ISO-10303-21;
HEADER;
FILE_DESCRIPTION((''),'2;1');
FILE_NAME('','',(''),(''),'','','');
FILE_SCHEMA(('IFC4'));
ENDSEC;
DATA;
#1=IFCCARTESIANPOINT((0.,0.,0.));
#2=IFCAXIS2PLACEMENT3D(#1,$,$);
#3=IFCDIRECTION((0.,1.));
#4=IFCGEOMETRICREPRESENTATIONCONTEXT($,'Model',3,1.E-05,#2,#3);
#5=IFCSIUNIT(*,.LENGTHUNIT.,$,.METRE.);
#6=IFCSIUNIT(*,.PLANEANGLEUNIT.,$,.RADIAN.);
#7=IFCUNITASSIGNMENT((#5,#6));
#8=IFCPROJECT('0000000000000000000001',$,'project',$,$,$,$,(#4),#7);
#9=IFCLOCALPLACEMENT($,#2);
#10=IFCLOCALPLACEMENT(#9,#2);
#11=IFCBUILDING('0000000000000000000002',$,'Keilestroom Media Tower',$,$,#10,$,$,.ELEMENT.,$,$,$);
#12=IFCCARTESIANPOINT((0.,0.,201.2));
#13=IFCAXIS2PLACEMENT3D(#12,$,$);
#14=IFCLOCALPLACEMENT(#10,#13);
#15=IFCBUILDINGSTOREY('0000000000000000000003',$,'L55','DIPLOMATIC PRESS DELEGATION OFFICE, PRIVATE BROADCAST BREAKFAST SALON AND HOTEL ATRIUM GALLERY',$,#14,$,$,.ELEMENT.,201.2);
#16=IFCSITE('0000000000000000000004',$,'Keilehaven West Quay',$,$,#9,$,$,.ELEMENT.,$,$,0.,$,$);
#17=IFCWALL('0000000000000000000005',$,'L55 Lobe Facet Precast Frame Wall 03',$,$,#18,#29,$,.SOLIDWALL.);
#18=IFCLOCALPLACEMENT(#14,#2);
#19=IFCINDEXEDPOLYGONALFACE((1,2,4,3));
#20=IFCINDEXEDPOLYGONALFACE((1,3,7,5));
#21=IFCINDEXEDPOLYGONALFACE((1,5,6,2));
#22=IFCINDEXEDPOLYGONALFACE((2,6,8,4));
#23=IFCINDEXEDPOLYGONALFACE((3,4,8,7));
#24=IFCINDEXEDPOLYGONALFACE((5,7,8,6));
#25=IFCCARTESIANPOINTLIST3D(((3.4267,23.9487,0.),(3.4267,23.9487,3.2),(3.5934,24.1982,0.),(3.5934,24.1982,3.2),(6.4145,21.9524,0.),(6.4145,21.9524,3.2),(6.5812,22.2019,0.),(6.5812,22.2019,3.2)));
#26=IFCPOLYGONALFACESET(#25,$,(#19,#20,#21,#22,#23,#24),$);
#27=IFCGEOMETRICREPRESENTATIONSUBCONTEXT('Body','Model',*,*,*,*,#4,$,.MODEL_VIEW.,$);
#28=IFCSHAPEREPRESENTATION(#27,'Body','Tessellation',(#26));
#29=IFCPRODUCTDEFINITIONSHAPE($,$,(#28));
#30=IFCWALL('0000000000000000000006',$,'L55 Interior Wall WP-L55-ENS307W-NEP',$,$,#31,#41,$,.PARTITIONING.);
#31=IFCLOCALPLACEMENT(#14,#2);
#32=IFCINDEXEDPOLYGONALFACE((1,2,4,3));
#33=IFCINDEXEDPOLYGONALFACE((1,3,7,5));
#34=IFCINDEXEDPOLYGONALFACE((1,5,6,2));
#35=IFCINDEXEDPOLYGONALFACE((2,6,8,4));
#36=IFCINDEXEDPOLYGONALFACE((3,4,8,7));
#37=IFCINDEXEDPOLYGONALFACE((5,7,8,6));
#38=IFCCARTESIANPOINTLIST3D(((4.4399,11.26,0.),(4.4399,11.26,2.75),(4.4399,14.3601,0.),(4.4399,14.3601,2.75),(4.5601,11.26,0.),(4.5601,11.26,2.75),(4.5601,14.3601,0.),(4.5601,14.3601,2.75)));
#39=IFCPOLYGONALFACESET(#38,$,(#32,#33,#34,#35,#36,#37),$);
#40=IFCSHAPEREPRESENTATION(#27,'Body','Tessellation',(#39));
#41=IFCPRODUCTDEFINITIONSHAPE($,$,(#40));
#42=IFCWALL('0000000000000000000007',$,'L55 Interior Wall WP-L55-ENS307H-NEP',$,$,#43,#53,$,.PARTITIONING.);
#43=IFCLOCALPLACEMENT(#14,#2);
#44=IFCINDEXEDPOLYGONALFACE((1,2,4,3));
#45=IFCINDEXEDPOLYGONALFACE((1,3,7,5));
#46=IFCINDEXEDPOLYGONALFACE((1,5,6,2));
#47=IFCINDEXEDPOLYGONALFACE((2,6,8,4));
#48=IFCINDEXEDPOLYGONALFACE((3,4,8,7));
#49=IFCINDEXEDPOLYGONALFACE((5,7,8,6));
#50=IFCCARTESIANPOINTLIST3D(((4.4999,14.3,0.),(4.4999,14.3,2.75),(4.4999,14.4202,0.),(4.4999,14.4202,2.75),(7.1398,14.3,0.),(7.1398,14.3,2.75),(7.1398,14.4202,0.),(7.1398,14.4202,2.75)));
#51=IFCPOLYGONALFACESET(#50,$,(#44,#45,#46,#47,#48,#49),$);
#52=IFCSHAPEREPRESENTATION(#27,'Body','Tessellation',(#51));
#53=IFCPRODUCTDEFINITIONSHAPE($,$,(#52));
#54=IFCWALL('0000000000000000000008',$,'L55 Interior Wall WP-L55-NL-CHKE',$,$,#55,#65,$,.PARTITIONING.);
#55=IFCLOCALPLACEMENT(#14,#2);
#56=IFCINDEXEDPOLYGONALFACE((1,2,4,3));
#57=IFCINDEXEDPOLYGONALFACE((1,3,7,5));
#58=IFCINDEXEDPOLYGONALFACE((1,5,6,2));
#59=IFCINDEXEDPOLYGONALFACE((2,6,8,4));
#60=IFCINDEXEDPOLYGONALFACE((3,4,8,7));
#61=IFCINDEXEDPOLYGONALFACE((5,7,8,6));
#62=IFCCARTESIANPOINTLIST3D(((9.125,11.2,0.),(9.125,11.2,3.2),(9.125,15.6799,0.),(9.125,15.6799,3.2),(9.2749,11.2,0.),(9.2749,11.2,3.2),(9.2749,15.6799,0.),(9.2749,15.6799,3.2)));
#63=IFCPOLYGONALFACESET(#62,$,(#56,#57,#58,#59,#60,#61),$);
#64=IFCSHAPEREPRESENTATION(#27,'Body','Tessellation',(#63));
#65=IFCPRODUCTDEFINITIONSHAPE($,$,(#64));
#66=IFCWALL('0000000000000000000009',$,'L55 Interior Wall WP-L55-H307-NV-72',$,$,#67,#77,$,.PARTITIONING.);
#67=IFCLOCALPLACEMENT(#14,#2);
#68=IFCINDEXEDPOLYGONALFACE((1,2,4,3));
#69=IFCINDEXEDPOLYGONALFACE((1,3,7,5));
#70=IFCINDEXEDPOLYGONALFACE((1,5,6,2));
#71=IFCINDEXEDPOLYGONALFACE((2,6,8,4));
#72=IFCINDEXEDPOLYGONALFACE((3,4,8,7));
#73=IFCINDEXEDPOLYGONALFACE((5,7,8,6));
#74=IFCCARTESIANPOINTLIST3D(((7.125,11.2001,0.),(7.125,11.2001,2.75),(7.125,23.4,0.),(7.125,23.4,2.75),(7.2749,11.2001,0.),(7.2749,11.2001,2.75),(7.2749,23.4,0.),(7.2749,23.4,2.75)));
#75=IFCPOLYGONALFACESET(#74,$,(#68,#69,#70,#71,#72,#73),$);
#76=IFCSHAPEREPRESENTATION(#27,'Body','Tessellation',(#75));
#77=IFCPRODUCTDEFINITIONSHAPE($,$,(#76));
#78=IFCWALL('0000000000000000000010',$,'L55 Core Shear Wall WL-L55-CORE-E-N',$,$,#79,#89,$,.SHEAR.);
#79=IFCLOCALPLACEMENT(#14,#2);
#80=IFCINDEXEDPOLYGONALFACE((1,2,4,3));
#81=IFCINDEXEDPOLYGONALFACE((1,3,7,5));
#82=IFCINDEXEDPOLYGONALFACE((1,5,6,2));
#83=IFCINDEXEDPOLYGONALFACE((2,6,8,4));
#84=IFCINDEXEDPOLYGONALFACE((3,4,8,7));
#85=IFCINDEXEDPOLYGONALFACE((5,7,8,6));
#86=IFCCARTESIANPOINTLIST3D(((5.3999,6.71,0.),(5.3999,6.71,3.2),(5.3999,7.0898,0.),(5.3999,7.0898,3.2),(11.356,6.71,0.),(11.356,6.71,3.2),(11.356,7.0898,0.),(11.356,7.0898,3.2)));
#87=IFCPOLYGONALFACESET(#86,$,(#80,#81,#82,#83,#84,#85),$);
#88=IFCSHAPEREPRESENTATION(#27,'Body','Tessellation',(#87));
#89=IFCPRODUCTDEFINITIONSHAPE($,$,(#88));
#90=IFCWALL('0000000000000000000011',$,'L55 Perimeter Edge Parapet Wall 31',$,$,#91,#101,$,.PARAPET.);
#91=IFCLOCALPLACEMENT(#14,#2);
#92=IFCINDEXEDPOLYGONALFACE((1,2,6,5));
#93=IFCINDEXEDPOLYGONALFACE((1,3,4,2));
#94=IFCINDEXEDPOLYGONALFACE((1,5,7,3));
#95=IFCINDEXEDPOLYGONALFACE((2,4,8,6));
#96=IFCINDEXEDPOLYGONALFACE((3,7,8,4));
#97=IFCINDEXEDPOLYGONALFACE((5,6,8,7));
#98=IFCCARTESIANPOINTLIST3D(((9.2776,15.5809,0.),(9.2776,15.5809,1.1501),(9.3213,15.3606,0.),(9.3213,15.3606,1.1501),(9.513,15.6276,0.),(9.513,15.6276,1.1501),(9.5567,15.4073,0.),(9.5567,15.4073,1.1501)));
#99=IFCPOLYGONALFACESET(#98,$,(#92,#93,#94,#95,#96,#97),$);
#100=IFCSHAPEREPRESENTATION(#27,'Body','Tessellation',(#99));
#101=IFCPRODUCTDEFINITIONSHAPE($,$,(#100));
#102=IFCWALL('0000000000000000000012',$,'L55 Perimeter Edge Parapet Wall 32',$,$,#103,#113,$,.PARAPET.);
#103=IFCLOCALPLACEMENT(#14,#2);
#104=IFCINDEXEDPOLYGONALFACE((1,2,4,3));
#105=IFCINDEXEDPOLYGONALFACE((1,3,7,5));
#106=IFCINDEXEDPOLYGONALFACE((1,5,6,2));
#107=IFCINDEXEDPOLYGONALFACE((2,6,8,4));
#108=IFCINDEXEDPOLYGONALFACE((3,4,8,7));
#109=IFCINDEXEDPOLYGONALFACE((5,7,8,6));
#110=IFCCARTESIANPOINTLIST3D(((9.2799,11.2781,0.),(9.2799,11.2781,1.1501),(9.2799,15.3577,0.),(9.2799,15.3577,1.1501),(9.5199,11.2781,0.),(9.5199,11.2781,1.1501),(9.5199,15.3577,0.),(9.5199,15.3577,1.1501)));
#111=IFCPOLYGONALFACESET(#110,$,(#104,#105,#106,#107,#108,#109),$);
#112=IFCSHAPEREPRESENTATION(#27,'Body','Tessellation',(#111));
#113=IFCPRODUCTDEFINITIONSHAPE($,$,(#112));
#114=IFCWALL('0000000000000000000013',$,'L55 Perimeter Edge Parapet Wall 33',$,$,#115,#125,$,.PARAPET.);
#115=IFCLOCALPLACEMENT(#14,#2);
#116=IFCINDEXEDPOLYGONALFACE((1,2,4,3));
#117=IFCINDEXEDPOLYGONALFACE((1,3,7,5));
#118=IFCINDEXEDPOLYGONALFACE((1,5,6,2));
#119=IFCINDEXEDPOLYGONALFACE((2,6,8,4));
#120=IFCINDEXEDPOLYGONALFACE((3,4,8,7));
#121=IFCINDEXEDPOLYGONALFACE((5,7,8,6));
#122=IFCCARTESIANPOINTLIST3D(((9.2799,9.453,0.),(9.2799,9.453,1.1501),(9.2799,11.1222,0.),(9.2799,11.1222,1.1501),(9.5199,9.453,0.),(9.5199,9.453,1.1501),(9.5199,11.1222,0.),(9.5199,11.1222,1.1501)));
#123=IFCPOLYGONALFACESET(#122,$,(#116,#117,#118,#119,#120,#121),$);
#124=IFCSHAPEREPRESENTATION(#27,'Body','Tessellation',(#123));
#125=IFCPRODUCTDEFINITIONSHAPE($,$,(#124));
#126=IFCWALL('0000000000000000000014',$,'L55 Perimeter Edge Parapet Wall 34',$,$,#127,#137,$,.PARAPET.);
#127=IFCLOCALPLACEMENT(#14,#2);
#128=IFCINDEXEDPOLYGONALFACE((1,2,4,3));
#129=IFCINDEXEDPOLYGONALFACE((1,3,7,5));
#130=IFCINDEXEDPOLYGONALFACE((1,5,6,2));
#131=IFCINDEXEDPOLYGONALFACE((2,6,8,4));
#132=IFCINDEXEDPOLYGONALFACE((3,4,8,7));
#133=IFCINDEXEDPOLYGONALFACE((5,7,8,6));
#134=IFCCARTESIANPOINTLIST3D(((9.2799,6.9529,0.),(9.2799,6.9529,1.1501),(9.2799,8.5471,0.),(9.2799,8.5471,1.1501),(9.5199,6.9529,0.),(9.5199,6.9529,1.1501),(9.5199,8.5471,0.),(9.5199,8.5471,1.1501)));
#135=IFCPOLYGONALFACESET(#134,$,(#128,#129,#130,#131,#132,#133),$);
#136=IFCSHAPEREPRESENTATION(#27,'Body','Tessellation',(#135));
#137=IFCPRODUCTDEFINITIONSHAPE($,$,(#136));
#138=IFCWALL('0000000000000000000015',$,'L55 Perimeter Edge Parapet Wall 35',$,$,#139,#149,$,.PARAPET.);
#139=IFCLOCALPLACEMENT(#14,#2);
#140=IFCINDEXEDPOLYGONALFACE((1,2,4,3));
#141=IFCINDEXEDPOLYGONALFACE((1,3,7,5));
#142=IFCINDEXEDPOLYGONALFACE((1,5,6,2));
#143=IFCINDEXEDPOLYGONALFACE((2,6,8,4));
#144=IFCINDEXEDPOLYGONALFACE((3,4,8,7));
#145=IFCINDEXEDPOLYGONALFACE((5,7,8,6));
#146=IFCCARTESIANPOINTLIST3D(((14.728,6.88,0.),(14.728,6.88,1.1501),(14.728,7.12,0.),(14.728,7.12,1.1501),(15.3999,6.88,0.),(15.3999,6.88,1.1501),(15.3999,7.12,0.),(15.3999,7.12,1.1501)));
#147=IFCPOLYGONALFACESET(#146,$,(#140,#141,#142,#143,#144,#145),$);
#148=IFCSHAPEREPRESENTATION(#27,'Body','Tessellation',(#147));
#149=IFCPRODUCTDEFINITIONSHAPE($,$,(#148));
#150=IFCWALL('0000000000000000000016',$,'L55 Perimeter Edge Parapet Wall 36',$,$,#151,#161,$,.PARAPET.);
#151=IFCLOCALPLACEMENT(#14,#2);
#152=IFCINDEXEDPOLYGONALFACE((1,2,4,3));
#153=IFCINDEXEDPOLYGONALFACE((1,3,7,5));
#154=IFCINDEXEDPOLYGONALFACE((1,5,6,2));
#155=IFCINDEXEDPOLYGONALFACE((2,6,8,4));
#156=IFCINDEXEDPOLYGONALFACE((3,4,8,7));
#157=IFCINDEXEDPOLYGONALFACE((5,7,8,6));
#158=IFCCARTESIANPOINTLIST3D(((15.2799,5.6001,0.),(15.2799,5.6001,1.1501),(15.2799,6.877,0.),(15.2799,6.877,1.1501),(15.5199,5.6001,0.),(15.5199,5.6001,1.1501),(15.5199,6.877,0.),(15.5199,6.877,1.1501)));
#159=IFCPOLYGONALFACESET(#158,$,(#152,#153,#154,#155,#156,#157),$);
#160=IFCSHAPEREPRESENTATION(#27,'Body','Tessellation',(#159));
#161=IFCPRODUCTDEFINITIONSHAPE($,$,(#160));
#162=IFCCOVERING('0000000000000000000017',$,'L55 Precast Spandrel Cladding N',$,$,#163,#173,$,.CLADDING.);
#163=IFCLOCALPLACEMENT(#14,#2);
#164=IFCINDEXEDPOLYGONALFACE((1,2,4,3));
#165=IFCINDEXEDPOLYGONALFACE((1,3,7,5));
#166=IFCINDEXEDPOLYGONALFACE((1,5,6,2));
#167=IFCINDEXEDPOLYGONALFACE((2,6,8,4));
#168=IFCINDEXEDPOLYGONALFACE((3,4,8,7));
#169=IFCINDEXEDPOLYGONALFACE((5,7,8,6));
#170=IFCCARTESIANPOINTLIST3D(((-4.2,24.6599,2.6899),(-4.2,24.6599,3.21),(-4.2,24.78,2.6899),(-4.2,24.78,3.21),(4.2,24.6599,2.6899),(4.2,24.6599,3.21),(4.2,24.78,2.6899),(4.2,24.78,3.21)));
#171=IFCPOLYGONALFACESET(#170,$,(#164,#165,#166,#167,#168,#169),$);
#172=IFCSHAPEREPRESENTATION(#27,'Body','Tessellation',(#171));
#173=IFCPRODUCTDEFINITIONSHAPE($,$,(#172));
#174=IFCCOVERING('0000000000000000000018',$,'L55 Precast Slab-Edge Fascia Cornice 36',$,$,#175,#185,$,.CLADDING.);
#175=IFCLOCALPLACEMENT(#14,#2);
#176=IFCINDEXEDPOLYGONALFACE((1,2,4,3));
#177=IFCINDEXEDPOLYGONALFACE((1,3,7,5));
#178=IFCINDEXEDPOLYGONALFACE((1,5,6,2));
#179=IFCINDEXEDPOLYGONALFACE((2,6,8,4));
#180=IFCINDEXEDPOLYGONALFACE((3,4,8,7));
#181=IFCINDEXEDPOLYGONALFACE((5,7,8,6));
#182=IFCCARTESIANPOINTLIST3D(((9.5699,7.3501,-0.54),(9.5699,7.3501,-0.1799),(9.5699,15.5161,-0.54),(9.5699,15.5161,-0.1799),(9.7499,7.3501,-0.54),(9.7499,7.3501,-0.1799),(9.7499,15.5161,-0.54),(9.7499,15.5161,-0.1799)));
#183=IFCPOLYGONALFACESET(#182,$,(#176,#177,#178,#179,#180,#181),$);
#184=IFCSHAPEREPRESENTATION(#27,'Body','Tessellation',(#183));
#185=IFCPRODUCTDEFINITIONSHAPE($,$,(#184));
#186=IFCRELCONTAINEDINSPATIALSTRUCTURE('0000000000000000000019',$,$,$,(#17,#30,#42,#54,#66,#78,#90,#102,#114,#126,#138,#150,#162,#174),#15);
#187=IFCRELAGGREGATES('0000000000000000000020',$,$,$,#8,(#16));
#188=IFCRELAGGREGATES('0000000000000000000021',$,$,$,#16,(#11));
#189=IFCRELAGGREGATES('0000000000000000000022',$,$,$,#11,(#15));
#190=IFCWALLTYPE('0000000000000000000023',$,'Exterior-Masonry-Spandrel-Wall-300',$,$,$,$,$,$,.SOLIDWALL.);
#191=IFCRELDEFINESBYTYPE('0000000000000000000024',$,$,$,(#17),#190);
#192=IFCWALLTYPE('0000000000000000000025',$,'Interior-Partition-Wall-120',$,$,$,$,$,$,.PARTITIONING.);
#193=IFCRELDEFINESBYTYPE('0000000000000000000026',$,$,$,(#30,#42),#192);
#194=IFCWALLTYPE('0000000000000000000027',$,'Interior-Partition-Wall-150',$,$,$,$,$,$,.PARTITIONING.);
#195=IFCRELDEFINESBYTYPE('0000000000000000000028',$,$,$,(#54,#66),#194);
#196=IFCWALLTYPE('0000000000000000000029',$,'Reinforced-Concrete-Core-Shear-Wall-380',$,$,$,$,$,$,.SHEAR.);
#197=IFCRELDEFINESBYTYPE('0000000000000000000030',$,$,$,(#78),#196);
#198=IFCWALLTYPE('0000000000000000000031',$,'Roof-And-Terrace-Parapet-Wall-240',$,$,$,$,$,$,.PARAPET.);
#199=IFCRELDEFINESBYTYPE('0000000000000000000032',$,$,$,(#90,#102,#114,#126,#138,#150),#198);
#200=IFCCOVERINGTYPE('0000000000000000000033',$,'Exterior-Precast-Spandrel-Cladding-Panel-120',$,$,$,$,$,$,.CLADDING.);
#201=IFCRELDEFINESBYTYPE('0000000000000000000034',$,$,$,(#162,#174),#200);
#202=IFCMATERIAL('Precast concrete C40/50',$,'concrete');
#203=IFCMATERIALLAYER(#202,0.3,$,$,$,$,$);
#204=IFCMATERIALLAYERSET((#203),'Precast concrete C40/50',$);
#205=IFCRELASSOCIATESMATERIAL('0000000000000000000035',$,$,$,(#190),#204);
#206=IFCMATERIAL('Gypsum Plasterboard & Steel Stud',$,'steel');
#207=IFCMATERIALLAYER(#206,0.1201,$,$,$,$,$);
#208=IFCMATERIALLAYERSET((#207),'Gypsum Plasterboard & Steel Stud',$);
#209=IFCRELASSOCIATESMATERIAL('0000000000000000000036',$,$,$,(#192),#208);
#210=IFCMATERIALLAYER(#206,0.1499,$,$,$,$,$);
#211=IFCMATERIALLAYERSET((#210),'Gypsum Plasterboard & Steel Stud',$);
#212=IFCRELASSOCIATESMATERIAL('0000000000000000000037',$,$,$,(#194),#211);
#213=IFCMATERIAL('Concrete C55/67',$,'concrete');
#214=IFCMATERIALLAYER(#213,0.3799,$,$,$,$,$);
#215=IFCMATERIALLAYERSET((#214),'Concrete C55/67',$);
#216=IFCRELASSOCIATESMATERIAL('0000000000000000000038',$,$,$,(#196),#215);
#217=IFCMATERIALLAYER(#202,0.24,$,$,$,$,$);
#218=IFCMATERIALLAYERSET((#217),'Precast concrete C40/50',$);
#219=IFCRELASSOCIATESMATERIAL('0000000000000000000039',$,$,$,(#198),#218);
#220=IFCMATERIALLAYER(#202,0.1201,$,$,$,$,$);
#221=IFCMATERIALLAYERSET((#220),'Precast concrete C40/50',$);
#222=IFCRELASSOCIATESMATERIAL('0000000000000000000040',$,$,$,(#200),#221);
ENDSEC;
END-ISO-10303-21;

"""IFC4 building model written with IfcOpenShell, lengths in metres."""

from ifc_helpers import new_model, si_unit, direction, frame, frame_2d, origin, origin_2d, place, context, subcontext, project, spatial, rectangle, extrude, source, transform, mapped, material, layer, layer_set, type_object, element, save


model = new_model("IFC4")

# Units and contexts
model_context = context("Model", 3, precision=1e-05, world=origin(), true_north=direction((0.0, 1.0)))
body_context = subcontext(model_context, "Body", "Model", "MODEL_VIEW")
ifc_project = project(units=[si_unit("LENGTHUNIT", "METRE"), si_unit("PLANEANGLEUNIT", "RADIAN")], contexts=[model_context])

# Site, building, storey
site_placement = place(None, origin())
site = spatial("IfcSite", under=ifc_project, at=site_placement, Name="Keilehaven West Quay", CompositionType="ELEMENT", RefElevation=0.0)
building_placement = place(site_placement, origin())
building = spatial("IfcBuilding", under=site, at=building_placement, Name="Keilestroom Media Tower", CompositionType="ELEMENT")
storey_placement = place(building_placement, frame((0.0, 0.0, 201.2)))
storey = spatial("IfcBuildingStorey", under=building, at=storey_placement, Name="L55", Description="DIPLOMATIC PRESS DELEGATION OFFICE, PRIVATE BROADCAST BREAKFAST SALON AND HOTEL ATRIUM GALLERY", CompositionType="ELEMENT", Elevation=201.2)

# Shared definitions
ifc_material_1 = material(Name="Precast concrete C40/50", Category="concrete")
ifc_material_2 = material(Name="Concrete C55/67", Category="concrete")

# Walls
ifc_layer_1 = layer(ifc_material_1, 0.3)
ifc_layer_set_1 = layer_set([ifc_layer_1], Name="Precast concrete C40/50")
wall_type_1 = type_object("IfcWallType", Name="Exterior-Masonry-Spandrel-Wall-300", PredefinedType="SOLIDWALL", material=ifc_layer_set_1)
wall_1_placement = place(storey_placement, frame((6.4978, 22.0771, 0.0), z_axis=(0.0, 0.0, 1.0), x_axis=(-0.831475, 0.555562, 0.0)))
element("IfcWall", 1, at=wall_1_placement, inside=storey, type_object=wall_type_1, Name="L55 Lobe Facet Precast Frame Wall 03", PredefinedType="SOLIDWALL", context=body_context, shape_type="SweptSolid", body=[
    extrude(rectangle(XDim=3.5933, YDim=0.3, at=frame_2d((1.7966, 0.0))), origin(), (0.0, 0.0, 1.0), 3.2),
])
ifc_material_3 = material(Name="Gypsum Plasterboard & Steel Stud", Category="steel")
ifc_layer_2 = layer(ifc_material_3, 0.1201)
ifc_layer_set_2 = layer_set([ifc_layer_2], Name="Gypsum Plasterboard & Steel Stud")
wall_type_2 = type_object("IfcWallType", Name="Interior-Partition-Wall-120", PredefinedType="PARTITIONING", material=ifc_layer_set_2)
wall_2_placement = place(storey_placement, frame((4.5, 11.26, 0.0), z_axis=(0.0, 0.0, 1.0), x_axis=(0.0, 1.0, 0.0)))
element("IfcWall", 2, at=wall_2_placement, inside=storey, type_object=wall_type_2, Name="L55 Interior Wall WP-L55-ENS307W-NEP", PredefinedType="PARTITIONING", context=body_context, shape_type="SweptSolid", body=[
    extrude(rectangle(XDim=3.1001, YDim=0.1201, at=frame_2d((1.55, 0.0))), origin(), (0.0, 0.0, 1.0), 2.75),
])
wall_3_placement = place(storey_placement, frame((4.5, 14.3601, 0.0), z_axis=(0.0, 0.0, 1.0), x_axis=(1.0, 0.0, 0.0)))
element("IfcWall", 3, at=wall_3_placement, inside=storey, type_object=wall_type_2, Name="L55 Interior Wall WP-L55-ENS307H-NEP", PredefinedType="PARTITIONING", context=body_context, shape_type="SweptSolid", body=[
    extrude(rectangle(XDim=2.6399, YDim=0.1201, at=frame_2d((1.3198, 0.0))), origin(), (0.0, 0.0, 1.0), 2.75),
])
ifc_layer_3 = layer(ifc_material_3, 0.1499)
ifc_layer_set_3 = layer_set([ifc_layer_3], Name="Gypsum Plasterboard & Steel Stud")
wall_type_3 = type_object("IfcWallType", Name="Interior-Partition-Wall-150", PredefinedType="PARTITIONING", material=ifc_layer_set_3)
wall_4_placement = place(storey_placement, frame((9.2, 11.2, 0.0), z_axis=(0.0, 0.0, 1.0), x_axis=(0.0, 1.0, 0.0)))
element("IfcWall", 4, at=wall_4_placement, inside=storey, type_object=wall_type_3, Name="L55 Interior Wall WP-L55-NL-CHKE", PredefinedType="PARTITIONING", context=body_context, shape_type="SweptSolid", body=[
    extrude(rectangle(XDim=4.48, YDim=0.1499, at=frame_2d((2.24, 0.0))), origin(), (0.0, 0.0, 1.0), 3.2),
])
wall_5_placement = place(storey_placement, frame((7.2, 11.2, 0.0), z_axis=(0.0, 0.0, 1.0), x_axis=(0.0, 1.0, 0.0)))
element("IfcWall", 5, at=wall_5_placement, inside=storey, type_object=wall_type_3, Name="L55 Interior Wall WP-L55-H307-NV-72", PredefinedType="PARTITIONING", context=body_context, shape_type="SweptSolid", body=[
    extrude(rectangle(XDim=12.2, YDim=0.1499, at=frame_2d((6.1001, 0.0))), origin(), (0.0, 0.0, 1.0), 2.75),
])
ifc_layer_4 = layer(ifc_material_2, 0.3799)
ifc_layer_set_4 = layer_set([ifc_layer_4], Name="Concrete C55/67")
wall_type_4 = type_object("IfcWallType", Name="Reinforced-Concrete-Core-Shear-Wall-380", PredefinedType="SHEAR", material=ifc_layer_set_4)
wall_6_placement = place(storey_placement, frame((5.3999, 6.8999, 0.0), z_axis=(0.0, 0.0, 1.0), x_axis=(1.0, 0.0, 0.0)))
element("IfcWall", 6, at=wall_6_placement, inside=storey, type_object=wall_type_4, Name="L55 Core Shear Wall WL-L55-CORE-E-N", PredefinedType="SHEAR", context=body_context, shape_type="SweptSolid", body=[
    extrude(rectangle(XDim=5.9561, YDim=0.3799, at=frame_2d((2.978, 0.0))), origin(), (0.0, 0.0, 1.0), 3.2),
])
ifc_layer_5 = layer(ifc_material_1, 0.24)
ifc_layer_set_5 = layer_set([ifc_layer_5], Name="Precast concrete C40/50")
wall_type_5 = type_object("IfcWallType", Name="Roof-And-Terrace-Parapet-Wall-240", PredefinedType="PARAPET", material=ifc_layer_set_5)
wall_7_placement = place(storey_placement, frame((9.3953, 15.6042, 0.0), z_axis=(0.0, 0.0, 1.0), x_axis=(0.194652, -0.980872, 0.0)))
element("IfcWall", 7, at=wall_7_placement, inside=storey, type_object=wall_type_5, Name="L55 Perimeter Edge Parapet Wall 31", PredefinedType="PARAPET", context=body_context, shape_type="SweptSolid", body=[
    extrude(rectangle(XDim=0.2246, YDim=0.24, at=frame_2d((0.1123, 0.0))), origin(), (0.0, 0.0, 1.0), 1.1501),
])
wall_8_placement = place(storey_placement, frame((9.3999, 15.3577, 0.0), z_axis=(0.0, 0.0, 1.0), x_axis=(0.0, -1.0, 0.0)))
element("IfcWall", 8, at=wall_8_placement, inside=storey, type_object=wall_type_5, Name="L55 Perimeter Edge Parapet Wall 32", PredefinedType="PARAPET", context=body_context, shape_type="SweptSolid", body=[
    extrude(rectangle(XDim=4.0796, YDim=0.24, at=frame_2d((2.0398, 0.0))), origin(), (0.0, 0.0, 1.0), 1.1501),
])
wall_9_placement = place(storey_placement, frame((9.3999, 11.1221, 0.0), z_axis=(0.0, 0.0, 1.0), x_axis=(0.0, -1.0, 0.0)))
element("IfcWall", 9, at=wall_9_placement, inside=storey, type_object=wall_type_5, Name="L55 Perimeter Edge Parapet Wall 33", PredefinedType="PARAPET", context=body_context, shape_type="SweptSolid", body=[
    extrude(rectangle(XDim=1.6692, YDim=0.24, at=frame_2d((0.8345, 0.0))), origin(), (0.0, 0.0, 1.0), 1.1501),
])
wall_10_placement = place(storey_placement, frame((9.3999, 8.5471, 0.0), z_axis=(0.0, 0.0, 1.0), x_axis=(0.0, -1.0, 0.0)))
element("IfcWall", 10, at=wall_10_placement, inside=storey, type_object=wall_type_5, Name="L55 Perimeter Edge Parapet Wall 34", PredefinedType="PARAPET", context=body_context, shape_type="SweptSolid", body=[
    extrude(rectangle(XDim=1.5942, YDim=0.24, at=frame_2d((0.7971, 0.0))), origin(), (0.0, 0.0, 1.0), 1.1501),
])
wall_11_placement = place(storey_placement, frame((14.728, 7.0, 0.0), z_axis=(0.0, 0.0, 1.0), x_axis=(1.0, 0.0, 0.0)))
element("IfcWall", 11, at=wall_11_placement, inside=storey, type_object=wall_type_5, Name="L55 Perimeter Edge Parapet Wall 35", PredefinedType="PARAPET", context=body_context, shape_type="SweptSolid", body=[
    extrude(rectangle(XDim=0.6719, YDim=0.24, at=frame_2d((0.3359, 0.0))), origin(), (0.0, 0.0, 1.0), 1.1501),
])
wall_12_placement = place(storey_placement, frame((15.3999, 6.877, 0.0), z_axis=(0.0, 0.0, 1.0), x_axis=(0.0, -1.0, 0.0)))
element("IfcWall", 12, at=wall_12_placement, inside=storey, type_object=wall_type_5, Name="L55 Perimeter Edge Parapet Wall 36", PredefinedType="PARAPET", context=body_context, shape_type="SweptSolid", body=[
    extrude(rectangle(XDim=1.2769, YDim=0.24, at=frame_2d((0.6384, 0.0))), origin(), (0.0, 0.0, 1.0), 1.1501),
])

# Coverings
ifc_layer_6 = layer(ifc_material_1, 0.1201)
ifc_layer_set_6 = layer_set([ifc_layer_6], Name="Precast concrete C40/50")
covering_type = type_object("IfcCoveringType", Name="Exterior-Precast-Spandrel-Cladding-Panel-120", PredefinedType="CLADDING", material=ifc_layer_set_6)
shared_shape_1 = source(origin(), body_context, "Body", "SweptSolid", [
    extrude(rectangle(XDim=8.3999, YDim=0.1201, at=origin_2d()), origin(), (0.0, 0.0, 1.0), 0.52),
])
covering_1_placement = place(storey_placement, frame((0.0, 24.72, 2.6899), z_axis=(0.0, 0.0, 1.0), x_axis=(1.0, 0.0, 0.0)))
element("IfcCovering", 13, at=covering_1_placement, inside=storey, type_object=covering_type, Name="L55 Precast Spandrel Cladding N", PredefinedType="CLADDING", context=body_context, shape_type="MappedRepresentation", body=[
    mapped(shared_shape_1, transform((0.0, 0.0, 0.0), x_axis=(1.0, 0.0, 0.0), y_axis=(0.0, 1.0, 0.0), z_axis=(0.0, 0.0, 1.0), scale=1.0)),
])
shared_shape_2 = source(origin(), body_context, "Body", "SweptSolid", [
    extrude(rectangle(XDim=8.166, YDim=0.1799, at=origin_2d()), origin(), (0.0, 0.0, 1.0), 0.3601),
])
covering_2_placement = place(storey_placement, frame((9.6599, 11.4331, -0.54), z_axis=(0.0, 0.0, 1.0), x_axis=(0.0, -1.0, 0.0)))
element("IfcCovering", 14, at=covering_2_placement, inside=storey, type_object=covering_type, Name="L55 Precast Slab-Edge Fascia Cornice 36", PredefinedType="CLADDING", context=body_context, shape_type="MappedRepresentation", body=[
    mapped(shared_shape_2, transform((0.0, 0.0, 0.0), x_axis=(1.0, 0.0, 0.0), y_axis=(0.0, 1.0, 0.0), z_axis=(0.0, 0.0, 1.0), scale=1.0)),
])

save(model, "model.ifc")
